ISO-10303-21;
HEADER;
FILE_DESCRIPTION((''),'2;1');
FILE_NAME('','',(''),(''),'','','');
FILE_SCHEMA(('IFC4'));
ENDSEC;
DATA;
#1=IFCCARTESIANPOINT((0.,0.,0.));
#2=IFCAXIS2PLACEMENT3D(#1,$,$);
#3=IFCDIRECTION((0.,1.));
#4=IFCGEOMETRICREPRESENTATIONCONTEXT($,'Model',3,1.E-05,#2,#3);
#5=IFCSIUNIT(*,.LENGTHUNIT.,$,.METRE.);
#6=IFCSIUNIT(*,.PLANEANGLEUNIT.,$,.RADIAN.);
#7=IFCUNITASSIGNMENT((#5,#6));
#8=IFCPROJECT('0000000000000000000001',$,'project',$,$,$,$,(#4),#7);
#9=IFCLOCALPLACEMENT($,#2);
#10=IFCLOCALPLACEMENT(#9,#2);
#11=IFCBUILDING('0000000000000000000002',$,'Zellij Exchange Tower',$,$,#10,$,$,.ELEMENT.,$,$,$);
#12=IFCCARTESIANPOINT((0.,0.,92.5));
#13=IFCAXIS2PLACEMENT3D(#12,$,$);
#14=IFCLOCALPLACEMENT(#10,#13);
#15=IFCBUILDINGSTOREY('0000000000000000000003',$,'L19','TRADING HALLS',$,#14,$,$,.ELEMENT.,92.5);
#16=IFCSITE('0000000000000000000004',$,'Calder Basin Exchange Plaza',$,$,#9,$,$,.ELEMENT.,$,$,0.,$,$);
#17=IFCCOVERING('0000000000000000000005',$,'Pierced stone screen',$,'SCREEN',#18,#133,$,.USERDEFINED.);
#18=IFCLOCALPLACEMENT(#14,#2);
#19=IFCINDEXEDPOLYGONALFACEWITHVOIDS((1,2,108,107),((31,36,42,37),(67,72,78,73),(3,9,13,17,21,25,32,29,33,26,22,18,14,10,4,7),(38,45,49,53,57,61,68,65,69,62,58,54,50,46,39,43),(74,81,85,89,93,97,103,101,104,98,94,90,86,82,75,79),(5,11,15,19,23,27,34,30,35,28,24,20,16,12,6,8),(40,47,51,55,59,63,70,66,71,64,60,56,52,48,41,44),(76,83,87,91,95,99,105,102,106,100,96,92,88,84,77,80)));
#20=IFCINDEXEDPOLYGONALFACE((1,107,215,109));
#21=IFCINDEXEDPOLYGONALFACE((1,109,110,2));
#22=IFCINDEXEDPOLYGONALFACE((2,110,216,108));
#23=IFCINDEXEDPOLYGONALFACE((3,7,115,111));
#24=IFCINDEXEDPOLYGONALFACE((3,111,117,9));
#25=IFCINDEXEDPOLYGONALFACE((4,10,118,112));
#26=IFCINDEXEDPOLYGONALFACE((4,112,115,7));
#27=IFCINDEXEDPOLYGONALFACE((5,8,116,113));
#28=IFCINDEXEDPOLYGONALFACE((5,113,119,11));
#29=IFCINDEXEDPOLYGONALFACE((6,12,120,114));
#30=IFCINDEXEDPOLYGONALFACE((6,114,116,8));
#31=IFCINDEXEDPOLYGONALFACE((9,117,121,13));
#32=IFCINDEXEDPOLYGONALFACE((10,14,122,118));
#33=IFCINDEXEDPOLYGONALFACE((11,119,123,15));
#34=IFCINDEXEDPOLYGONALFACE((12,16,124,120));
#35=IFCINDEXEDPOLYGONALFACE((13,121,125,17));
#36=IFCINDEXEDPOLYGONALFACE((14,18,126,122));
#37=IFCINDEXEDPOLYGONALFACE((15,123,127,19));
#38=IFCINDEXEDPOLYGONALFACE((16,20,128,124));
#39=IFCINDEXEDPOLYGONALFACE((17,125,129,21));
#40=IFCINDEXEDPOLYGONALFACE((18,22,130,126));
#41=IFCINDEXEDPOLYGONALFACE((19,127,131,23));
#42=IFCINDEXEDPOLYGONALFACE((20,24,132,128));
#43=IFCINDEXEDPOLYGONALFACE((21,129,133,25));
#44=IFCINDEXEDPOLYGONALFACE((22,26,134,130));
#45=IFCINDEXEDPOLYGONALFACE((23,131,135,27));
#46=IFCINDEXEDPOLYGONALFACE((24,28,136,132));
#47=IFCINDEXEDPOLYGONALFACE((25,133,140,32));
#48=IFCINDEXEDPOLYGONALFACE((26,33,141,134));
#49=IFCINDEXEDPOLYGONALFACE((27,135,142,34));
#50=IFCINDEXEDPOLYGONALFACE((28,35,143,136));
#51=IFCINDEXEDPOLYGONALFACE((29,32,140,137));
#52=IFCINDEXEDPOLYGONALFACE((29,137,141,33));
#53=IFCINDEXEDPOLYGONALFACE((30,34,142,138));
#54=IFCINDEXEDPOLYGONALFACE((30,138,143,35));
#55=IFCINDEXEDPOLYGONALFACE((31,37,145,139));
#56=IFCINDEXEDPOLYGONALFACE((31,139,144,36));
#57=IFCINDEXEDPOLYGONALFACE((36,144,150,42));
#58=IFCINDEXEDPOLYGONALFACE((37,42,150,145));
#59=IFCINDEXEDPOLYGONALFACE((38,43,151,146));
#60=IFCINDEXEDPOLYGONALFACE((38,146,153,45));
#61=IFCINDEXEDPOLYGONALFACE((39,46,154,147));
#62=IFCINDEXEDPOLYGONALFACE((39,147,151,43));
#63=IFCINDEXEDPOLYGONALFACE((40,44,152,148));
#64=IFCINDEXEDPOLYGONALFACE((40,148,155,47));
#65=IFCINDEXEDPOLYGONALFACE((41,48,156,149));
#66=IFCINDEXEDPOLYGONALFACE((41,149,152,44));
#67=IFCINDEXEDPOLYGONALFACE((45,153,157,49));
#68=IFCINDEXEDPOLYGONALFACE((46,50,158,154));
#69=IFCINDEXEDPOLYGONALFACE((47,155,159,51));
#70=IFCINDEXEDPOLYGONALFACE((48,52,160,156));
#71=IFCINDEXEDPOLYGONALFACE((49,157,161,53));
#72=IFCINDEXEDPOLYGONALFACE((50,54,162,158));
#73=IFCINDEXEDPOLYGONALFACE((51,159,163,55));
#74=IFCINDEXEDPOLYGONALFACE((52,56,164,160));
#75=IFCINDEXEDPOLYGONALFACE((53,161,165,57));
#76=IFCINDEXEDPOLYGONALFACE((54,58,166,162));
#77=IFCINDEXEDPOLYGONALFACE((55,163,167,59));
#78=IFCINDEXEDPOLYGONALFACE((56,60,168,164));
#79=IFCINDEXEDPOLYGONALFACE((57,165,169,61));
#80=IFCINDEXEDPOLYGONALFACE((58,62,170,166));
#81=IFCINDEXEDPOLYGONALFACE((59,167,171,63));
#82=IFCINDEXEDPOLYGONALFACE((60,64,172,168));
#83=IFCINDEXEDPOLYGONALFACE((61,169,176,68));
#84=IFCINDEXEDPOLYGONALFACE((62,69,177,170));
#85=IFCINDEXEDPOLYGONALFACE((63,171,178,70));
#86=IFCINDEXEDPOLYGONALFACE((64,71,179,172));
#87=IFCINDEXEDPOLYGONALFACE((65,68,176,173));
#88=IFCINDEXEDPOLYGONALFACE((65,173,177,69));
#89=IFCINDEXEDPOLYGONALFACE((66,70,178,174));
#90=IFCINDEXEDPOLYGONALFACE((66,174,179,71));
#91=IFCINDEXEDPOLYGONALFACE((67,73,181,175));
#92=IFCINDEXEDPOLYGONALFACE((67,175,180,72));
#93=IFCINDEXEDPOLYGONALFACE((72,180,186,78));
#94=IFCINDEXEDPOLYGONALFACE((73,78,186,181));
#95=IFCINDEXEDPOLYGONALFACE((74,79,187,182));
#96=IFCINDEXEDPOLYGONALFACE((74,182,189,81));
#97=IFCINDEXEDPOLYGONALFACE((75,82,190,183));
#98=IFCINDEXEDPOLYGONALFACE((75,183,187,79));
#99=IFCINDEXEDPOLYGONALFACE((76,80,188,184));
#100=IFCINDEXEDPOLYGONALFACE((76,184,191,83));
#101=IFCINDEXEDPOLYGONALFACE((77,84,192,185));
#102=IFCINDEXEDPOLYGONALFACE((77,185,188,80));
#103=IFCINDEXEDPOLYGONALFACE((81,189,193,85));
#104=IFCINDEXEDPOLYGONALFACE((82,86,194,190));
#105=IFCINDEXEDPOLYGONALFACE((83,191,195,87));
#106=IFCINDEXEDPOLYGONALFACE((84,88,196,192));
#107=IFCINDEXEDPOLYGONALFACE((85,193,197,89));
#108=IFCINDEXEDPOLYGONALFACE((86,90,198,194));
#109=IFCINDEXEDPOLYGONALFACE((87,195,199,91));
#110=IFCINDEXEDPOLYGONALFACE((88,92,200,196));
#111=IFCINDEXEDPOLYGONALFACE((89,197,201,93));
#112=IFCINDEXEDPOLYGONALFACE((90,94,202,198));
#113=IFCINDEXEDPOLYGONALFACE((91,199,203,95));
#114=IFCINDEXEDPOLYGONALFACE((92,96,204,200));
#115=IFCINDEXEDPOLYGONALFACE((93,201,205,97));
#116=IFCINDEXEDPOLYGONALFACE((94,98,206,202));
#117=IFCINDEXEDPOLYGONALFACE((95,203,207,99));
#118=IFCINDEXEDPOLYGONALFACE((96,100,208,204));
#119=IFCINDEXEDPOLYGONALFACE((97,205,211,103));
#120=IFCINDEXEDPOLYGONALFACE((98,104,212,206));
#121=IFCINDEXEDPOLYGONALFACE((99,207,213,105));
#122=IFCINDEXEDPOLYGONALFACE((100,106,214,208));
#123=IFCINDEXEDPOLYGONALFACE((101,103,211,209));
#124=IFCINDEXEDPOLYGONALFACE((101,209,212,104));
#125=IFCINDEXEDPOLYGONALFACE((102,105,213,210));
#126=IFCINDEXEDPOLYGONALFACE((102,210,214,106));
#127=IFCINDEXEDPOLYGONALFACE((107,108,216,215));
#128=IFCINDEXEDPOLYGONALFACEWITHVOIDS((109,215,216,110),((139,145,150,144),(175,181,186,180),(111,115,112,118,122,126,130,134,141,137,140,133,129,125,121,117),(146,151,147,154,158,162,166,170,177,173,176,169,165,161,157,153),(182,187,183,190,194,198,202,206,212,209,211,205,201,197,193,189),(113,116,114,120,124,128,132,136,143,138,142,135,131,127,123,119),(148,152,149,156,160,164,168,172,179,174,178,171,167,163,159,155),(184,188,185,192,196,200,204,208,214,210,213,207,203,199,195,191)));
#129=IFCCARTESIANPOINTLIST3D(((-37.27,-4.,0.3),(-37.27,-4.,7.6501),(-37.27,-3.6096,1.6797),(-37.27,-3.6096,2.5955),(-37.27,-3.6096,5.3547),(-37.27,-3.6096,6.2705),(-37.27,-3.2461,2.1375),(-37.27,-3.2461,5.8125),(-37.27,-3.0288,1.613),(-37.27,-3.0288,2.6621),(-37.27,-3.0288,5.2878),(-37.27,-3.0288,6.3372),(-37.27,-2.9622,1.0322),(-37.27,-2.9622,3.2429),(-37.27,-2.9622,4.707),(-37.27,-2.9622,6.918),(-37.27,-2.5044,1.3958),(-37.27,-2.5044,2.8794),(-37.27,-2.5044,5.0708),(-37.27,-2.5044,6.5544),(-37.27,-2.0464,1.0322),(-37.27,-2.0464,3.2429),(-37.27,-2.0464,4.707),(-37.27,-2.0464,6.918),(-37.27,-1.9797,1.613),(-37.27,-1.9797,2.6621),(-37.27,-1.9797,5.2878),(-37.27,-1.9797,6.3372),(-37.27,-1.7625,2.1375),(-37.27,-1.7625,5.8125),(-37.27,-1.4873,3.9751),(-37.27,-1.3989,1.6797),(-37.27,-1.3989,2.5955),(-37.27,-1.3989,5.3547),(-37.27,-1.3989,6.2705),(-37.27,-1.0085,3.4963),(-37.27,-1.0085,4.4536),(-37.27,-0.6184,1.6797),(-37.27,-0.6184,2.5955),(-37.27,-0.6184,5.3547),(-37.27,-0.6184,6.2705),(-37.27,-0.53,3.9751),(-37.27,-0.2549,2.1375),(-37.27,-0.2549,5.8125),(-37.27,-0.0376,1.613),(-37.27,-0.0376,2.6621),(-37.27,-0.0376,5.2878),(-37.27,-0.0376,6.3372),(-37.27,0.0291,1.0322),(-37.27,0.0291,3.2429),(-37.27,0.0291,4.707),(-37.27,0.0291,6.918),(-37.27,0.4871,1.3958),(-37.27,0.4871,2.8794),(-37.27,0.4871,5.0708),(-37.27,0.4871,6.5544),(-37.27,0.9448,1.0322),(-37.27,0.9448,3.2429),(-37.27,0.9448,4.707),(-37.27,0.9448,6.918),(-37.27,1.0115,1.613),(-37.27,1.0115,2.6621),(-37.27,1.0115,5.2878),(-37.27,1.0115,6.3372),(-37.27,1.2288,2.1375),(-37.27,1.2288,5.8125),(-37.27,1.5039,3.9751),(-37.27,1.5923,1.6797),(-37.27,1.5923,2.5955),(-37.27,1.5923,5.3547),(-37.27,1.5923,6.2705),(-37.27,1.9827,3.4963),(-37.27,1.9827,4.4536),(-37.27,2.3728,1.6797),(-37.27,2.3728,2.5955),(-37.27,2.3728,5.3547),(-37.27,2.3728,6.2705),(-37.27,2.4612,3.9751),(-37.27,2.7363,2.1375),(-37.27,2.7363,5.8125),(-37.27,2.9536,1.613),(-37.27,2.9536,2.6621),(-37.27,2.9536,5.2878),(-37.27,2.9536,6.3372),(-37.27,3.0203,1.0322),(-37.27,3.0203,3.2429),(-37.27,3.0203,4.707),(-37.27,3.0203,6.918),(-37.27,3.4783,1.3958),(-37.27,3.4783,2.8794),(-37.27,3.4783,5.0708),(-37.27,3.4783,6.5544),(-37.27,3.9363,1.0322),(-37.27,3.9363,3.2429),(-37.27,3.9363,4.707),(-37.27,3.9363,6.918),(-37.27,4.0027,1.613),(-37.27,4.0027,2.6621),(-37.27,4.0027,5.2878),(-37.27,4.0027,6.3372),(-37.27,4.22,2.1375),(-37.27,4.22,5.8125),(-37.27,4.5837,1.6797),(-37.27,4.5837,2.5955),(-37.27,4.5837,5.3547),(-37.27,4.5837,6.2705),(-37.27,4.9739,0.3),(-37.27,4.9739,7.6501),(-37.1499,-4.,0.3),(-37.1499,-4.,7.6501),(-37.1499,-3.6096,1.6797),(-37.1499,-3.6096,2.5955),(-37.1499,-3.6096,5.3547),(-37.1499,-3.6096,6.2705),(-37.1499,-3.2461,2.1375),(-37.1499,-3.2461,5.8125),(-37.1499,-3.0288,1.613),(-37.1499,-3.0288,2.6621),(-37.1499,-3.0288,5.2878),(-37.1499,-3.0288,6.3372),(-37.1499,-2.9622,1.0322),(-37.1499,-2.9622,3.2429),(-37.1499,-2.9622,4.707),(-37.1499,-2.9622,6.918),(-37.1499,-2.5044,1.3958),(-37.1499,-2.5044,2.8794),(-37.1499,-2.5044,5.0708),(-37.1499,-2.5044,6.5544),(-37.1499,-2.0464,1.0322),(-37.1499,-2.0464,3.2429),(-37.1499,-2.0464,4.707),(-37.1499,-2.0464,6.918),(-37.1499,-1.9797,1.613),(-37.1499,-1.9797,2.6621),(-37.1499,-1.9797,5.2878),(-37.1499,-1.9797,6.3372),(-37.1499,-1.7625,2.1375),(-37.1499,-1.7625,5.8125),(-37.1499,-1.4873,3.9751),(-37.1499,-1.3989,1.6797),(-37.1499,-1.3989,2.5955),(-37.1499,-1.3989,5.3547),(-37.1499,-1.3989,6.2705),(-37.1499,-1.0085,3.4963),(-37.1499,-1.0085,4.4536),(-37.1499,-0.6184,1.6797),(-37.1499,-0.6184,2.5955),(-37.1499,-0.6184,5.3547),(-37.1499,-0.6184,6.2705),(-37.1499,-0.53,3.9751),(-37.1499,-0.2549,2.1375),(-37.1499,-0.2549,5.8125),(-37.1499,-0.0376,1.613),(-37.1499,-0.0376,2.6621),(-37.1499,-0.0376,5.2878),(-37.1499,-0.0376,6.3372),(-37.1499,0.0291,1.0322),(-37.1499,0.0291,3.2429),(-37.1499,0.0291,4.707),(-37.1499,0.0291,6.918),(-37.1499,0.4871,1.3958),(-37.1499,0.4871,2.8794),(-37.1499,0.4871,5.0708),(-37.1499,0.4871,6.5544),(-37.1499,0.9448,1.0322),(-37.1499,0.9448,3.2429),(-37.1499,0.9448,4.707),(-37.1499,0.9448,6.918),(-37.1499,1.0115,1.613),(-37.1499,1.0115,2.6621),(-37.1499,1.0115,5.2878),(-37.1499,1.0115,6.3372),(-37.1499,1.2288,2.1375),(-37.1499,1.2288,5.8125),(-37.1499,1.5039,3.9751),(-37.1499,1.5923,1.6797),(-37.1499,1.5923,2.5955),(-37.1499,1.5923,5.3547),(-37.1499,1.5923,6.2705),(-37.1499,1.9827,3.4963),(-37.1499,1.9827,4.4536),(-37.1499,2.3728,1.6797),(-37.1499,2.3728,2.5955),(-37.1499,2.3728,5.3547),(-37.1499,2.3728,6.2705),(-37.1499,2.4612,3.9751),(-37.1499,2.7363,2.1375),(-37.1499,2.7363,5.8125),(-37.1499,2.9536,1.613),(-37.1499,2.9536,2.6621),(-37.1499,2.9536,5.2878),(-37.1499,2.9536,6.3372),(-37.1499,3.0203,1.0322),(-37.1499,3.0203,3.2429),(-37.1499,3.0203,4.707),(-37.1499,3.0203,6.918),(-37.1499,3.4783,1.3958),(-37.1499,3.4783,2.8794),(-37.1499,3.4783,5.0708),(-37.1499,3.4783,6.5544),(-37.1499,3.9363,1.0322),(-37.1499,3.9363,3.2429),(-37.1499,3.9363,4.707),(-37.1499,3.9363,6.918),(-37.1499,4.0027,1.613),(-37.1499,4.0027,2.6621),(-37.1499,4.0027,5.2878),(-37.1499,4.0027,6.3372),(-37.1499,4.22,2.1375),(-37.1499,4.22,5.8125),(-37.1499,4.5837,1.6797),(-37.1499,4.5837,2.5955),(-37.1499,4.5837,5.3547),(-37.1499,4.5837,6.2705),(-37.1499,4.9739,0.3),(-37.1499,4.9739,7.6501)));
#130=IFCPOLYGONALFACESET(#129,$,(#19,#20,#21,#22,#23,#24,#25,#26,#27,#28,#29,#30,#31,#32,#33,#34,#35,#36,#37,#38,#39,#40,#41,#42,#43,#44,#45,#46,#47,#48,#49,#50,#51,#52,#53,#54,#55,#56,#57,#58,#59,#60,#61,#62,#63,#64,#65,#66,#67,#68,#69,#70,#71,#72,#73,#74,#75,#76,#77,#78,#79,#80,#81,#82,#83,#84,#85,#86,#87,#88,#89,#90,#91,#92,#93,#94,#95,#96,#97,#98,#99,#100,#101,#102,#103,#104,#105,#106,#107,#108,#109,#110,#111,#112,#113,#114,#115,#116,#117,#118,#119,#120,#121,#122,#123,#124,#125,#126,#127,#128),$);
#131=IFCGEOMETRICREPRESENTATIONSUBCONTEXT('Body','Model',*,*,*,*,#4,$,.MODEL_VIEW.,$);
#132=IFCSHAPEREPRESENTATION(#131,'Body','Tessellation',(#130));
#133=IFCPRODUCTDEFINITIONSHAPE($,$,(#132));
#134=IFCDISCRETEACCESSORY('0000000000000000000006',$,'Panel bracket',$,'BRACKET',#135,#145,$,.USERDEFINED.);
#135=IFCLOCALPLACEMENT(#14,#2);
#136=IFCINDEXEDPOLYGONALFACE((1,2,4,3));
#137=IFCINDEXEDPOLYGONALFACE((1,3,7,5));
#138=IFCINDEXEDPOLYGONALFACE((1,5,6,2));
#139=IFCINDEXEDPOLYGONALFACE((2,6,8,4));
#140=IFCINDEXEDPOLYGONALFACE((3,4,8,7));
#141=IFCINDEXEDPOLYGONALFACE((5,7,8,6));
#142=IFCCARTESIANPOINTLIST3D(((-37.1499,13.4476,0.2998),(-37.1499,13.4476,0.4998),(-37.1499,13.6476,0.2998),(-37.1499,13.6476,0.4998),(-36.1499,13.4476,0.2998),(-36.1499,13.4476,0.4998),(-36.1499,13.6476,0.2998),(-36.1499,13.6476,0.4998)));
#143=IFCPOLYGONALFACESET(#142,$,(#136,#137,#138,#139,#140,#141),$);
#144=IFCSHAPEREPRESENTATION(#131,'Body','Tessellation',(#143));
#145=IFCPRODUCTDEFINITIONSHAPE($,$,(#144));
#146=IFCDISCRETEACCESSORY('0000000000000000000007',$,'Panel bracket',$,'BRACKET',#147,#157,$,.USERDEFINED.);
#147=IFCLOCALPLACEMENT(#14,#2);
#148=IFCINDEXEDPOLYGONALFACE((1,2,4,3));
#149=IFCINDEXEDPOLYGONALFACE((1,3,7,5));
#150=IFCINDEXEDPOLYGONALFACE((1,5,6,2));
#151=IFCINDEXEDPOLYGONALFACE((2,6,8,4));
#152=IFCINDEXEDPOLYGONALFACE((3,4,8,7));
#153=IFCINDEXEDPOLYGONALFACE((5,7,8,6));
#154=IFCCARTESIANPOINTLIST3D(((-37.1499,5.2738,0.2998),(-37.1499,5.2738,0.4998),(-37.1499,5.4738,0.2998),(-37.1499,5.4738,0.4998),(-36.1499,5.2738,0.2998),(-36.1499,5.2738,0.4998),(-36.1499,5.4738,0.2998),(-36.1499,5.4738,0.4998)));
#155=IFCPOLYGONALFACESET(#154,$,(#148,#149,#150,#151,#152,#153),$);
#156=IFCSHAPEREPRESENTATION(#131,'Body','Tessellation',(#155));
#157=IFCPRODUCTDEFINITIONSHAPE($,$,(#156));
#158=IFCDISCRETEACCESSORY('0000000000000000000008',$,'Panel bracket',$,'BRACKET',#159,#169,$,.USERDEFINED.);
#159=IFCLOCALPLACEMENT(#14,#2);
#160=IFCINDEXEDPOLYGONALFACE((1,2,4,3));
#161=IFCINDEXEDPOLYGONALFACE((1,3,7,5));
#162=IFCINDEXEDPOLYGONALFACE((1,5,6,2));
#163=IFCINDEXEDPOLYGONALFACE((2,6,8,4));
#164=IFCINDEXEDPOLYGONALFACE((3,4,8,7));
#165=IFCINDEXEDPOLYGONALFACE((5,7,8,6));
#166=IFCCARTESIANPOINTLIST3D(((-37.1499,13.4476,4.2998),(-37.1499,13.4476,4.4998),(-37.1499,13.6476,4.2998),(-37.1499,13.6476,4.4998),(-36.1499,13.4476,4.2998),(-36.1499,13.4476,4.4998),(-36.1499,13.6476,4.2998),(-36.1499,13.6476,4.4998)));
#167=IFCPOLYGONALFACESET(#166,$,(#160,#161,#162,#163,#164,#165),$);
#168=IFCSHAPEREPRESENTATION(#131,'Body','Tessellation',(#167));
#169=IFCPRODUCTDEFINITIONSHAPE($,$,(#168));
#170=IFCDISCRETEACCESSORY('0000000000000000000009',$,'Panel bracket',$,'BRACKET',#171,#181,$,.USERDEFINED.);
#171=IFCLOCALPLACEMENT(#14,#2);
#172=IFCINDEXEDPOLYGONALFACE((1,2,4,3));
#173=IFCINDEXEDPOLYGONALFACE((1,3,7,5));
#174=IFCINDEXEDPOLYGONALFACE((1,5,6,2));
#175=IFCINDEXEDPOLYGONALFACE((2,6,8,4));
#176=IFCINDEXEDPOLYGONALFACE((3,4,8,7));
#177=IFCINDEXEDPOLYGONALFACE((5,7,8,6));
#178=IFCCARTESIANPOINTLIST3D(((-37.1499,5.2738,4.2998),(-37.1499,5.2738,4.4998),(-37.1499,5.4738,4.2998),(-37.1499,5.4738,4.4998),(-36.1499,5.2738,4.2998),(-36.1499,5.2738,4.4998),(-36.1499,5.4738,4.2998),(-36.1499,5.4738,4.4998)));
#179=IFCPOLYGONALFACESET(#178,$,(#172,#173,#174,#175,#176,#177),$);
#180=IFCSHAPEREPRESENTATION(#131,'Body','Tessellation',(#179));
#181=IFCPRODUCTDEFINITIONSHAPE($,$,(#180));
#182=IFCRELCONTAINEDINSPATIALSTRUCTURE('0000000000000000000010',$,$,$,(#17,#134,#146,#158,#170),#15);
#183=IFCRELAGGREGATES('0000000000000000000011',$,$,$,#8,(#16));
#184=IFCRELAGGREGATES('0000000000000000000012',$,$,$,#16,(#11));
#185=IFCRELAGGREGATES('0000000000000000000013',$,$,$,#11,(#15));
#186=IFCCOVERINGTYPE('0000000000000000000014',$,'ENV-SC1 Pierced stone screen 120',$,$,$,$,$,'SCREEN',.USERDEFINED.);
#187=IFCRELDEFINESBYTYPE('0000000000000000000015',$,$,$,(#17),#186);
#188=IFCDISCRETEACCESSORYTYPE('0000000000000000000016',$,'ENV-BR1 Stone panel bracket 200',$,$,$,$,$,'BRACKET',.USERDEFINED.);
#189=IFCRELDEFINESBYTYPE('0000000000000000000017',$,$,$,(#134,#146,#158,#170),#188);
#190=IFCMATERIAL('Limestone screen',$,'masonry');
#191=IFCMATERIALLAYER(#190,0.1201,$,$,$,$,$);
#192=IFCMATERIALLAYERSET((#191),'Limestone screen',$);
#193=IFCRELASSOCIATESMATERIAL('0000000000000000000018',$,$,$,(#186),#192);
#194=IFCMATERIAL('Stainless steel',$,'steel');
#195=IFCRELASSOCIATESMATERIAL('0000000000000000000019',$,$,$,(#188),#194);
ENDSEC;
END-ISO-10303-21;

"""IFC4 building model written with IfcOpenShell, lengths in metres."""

from ifc_helpers import new_model, si_unit, direction, frame, origin, origin_2d, place, context, subcontext, project, spatial, polyline, rectangle, outline, extrude, material, layer, layer_set, type_object, element, save


model = new_model("IFC4")

# Units and contexts
model_context = context("Model", 3, precision=1e-05, world=origin(), true_north=direction((0.0, 1.0)))
body_context = subcontext(model_context, "Body", "Model", "MODEL_VIEW")
ifc_project = project(units=[si_unit("LENGTHUNIT", "METRE"), si_unit("PLANEANGLEUNIT", "RADIAN")], contexts=[model_context])

# Site, building, storey
site_placement = place(None, origin())
site = spatial("IfcSite", under=ifc_project, at=site_placement, Name="Calder Basin Exchange Plaza", CompositionType="ELEMENT", RefElevation=0.0)
building_placement = place(site_placement, origin())
building = spatial("IfcBuilding", under=site, at=building_placement, Name="Zellij Exchange Tower", CompositionType="ELEMENT")
storey_placement = place(building_placement, frame((0.0, 0.0, 92.5)))
storey = spatial("IfcBuildingStorey", under=building, at=storey_placement, Name="L19", Description="TRADING HALLS", CompositionType="ELEMENT", Elevation=92.5)

# Covering
ifc_material_1 = material(Name="Limestone screen", Category="masonry")
ifc_layer_1 = layer(ifc_material_1, 0.1201)
ifc_layer_set_1 = layer_set([ifc_layer_1], Name="Limestone screen")
covering_type = type_object("IfcCoveringType", Name="ENV-SC1 Pierced stone screen 120", ElementType="SCREEN", PredefinedType="USERDEFINED", material=ifc_layer_set_1)
covering_1_placement = place(storey_placement, frame((-37.21, 4.9739, 0.3), z_axis=(0.0, 0.0, 1.0), x_axis=(0.0, -1.0, 0.0)))
element("IfcCovering", 1, at=covering_1_placement, inside=storey, type_object=covering_type, Name="Pierced stone screen", ObjectType="SCREEN", PredefinedType="USERDEFINED", context=body_context, shape_type="SweptSolid", body=[
    extrude(outline(polyline([(0.0, 0.0), (8.9739, 0.0), (8.9739, 7.3501), (0.0, 7.3501), (0.0, 0.0)]), holes=[polyline([(2.6011, 2.2954), (2.0203, 2.3621), (1.9536, 2.9429), (1.4956, 2.5793), (1.0376, 2.9429), (0.9712, 2.3621), (0.3901, 2.2954), (0.7539, 1.8374), (0.3901, 1.3796), (0.9712, 1.313), (1.0376, 0.7322), (1.4956, 1.0957), (1.9536, 0.7322), (2.0203, 1.313), (2.6011, 1.3796), (2.2375, 1.8374), (2.6011, 2.2954)]), polyline([(2.6011, 5.9705), (2.0203, 6.0371), (1.9536, 6.6179), (1.4956, 6.2544), (1.0376, 6.6179), (0.9712, 6.0371), (0.3901, 5.9705), (0.7539, 5.5125), (0.3901, 5.0547), (0.9712, 4.9878), (1.0376, 4.407), (1.4956, 4.7708), (1.9536, 4.407), (2.0203, 4.9878), (2.6011, 5.0547), (2.2375, 5.5125), (2.6011, 5.9705)]), polyline([(5.5923, 2.2954), (5.0115, 2.3621), (4.9448, 2.9429), (4.4868, 2.5793), (4.0291, 2.9429), (3.9624, 2.3621), (3.3816, 2.2954), (3.7451, 1.8374), (3.3816, 1.3796), (3.9624, 1.313), (4.0291, 0.7322), (4.4868, 1.0957), (4.9448, 0.7322), (5.0115, 1.313), (5.5923, 1.3796), (5.2288, 1.8374), (5.5923, 2.2954)]), polyline([(5.5923, 5.9705), (5.0115, 6.0371), (4.9448, 6.6179), (4.4868, 6.2544), (4.0291, 6.6179), (3.9624, 6.0371), (3.3816, 5.9705), (3.7451, 5.5125), (3.3816, 5.0547), (3.9624, 4.9878), (4.0291, 4.407), (4.4868, 4.7708), (4.9448, 4.407), (5.0115, 4.9878), (5.5923, 5.0547), (5.2288, 5.5125), (5.5923, 5.9705)]), polyline([(8.5835, 2.2954), (8.0027, 2.3621), (7.936, 2.9429), (7.4783, 2.5793), (7.0203, 2.9429), (6.9536, 2.3621), (6.3728, 2.2954), (6.7363, 1.8374), (6.3728, 1.3796), (6.9536, 1.313), (7.0203, 0.7322), (7.4783, 1.0957), (7.936, 0.7322), (8.0027, 1.313), (8.5835, 1.3796), (8.22, 1.8374), (8.5835, 2.2954)]), polyline([(8.5835, 5.9705), (8.0027, 6.0371), (7.936, 6.6179), (7.4783, 6.2544), (7.0203, 6.6179), (6.9536, 6.0371), (6.3728, 5.9705), (6.7363, 5.5125), (6.3728, 5.0547), (6.9536, 4.9878), (7.0203, 4.407), (7.4783, 4.7708), (7.936, 4.407), (8.0027, 4.9878), (8.5835, 5.0547), (8.22, 5.5125), (8.5835, 5.9705)]), polyline([(3.47, 3.675), (2.9912, 4.1536), (2.5127, 3.675), (2.9912, 3.1963), (3.47, 3.675)]), polyline([(6.4612, 3.675), (5.9824, 4.1536), (5.5039, 3.675), (5.9824, 3.1963), (6.4612, 3.675)])]), frame((0.0, 0.0601, 0.0), z_axis=(0.0, -1.0, 0.0), x_axis=(1.0, 0.0, 0.0)), (0.0, 0.0, 1.0), 0.1201),
])

# Discrete accessories
ifc_material_2 = material(Name="Stainless steel", Category="steel")
discrete_accessory_type = type_object("IfcDiscreteAccessoryType", Name="ENV-BR1 Stone panel bracket 200", ElementType="BRACKET", PredefinedType="USERDEFINED", material=ifc_material_2)
for number, where, z_axis, x_axis, name in (
    (2, (-36.6499, 13.5476, 0.2998), (0.0, 0.0, 1.0), (0.0, -1.0, 0.0), "Panel bracket"),
    (3, (-36.6499, 5.3738, 0.2998), (0.0, 0.0, 1.0), (0.0, -1.0, 0.0), "Panel bracket"),
    (4, (-36.6499, 13.5476, 4.2998), (0.0, 0.0, 1.0), (0.0, -1.0, 0.0), "Panel bracket"),
    (5, (-36.6499, 5.3738, 4.2998), (0.0, 0.0, 1.0), (0.0, -1.0, 0.0), "Panel bracket"),
):
    element("IfcDiscreteAccessory", number, at=place(storey_placement, frame(where, z_axis=z_axis, x_axis=x_axis)), inside=storey, type_object=discrete_accessory_type, Name=name, ObjectType="BRACKET", PredefinedType="USERDEFINED", context=body_context, shape_type="SweptSolid", body=[
        extrude(rectangle(XDim=0.2, YDim=1.0, at=origin_2d()), origin(), (0.0, 0.0, 1.0), 0.2),
    ])

save(model, "model.ifc")
